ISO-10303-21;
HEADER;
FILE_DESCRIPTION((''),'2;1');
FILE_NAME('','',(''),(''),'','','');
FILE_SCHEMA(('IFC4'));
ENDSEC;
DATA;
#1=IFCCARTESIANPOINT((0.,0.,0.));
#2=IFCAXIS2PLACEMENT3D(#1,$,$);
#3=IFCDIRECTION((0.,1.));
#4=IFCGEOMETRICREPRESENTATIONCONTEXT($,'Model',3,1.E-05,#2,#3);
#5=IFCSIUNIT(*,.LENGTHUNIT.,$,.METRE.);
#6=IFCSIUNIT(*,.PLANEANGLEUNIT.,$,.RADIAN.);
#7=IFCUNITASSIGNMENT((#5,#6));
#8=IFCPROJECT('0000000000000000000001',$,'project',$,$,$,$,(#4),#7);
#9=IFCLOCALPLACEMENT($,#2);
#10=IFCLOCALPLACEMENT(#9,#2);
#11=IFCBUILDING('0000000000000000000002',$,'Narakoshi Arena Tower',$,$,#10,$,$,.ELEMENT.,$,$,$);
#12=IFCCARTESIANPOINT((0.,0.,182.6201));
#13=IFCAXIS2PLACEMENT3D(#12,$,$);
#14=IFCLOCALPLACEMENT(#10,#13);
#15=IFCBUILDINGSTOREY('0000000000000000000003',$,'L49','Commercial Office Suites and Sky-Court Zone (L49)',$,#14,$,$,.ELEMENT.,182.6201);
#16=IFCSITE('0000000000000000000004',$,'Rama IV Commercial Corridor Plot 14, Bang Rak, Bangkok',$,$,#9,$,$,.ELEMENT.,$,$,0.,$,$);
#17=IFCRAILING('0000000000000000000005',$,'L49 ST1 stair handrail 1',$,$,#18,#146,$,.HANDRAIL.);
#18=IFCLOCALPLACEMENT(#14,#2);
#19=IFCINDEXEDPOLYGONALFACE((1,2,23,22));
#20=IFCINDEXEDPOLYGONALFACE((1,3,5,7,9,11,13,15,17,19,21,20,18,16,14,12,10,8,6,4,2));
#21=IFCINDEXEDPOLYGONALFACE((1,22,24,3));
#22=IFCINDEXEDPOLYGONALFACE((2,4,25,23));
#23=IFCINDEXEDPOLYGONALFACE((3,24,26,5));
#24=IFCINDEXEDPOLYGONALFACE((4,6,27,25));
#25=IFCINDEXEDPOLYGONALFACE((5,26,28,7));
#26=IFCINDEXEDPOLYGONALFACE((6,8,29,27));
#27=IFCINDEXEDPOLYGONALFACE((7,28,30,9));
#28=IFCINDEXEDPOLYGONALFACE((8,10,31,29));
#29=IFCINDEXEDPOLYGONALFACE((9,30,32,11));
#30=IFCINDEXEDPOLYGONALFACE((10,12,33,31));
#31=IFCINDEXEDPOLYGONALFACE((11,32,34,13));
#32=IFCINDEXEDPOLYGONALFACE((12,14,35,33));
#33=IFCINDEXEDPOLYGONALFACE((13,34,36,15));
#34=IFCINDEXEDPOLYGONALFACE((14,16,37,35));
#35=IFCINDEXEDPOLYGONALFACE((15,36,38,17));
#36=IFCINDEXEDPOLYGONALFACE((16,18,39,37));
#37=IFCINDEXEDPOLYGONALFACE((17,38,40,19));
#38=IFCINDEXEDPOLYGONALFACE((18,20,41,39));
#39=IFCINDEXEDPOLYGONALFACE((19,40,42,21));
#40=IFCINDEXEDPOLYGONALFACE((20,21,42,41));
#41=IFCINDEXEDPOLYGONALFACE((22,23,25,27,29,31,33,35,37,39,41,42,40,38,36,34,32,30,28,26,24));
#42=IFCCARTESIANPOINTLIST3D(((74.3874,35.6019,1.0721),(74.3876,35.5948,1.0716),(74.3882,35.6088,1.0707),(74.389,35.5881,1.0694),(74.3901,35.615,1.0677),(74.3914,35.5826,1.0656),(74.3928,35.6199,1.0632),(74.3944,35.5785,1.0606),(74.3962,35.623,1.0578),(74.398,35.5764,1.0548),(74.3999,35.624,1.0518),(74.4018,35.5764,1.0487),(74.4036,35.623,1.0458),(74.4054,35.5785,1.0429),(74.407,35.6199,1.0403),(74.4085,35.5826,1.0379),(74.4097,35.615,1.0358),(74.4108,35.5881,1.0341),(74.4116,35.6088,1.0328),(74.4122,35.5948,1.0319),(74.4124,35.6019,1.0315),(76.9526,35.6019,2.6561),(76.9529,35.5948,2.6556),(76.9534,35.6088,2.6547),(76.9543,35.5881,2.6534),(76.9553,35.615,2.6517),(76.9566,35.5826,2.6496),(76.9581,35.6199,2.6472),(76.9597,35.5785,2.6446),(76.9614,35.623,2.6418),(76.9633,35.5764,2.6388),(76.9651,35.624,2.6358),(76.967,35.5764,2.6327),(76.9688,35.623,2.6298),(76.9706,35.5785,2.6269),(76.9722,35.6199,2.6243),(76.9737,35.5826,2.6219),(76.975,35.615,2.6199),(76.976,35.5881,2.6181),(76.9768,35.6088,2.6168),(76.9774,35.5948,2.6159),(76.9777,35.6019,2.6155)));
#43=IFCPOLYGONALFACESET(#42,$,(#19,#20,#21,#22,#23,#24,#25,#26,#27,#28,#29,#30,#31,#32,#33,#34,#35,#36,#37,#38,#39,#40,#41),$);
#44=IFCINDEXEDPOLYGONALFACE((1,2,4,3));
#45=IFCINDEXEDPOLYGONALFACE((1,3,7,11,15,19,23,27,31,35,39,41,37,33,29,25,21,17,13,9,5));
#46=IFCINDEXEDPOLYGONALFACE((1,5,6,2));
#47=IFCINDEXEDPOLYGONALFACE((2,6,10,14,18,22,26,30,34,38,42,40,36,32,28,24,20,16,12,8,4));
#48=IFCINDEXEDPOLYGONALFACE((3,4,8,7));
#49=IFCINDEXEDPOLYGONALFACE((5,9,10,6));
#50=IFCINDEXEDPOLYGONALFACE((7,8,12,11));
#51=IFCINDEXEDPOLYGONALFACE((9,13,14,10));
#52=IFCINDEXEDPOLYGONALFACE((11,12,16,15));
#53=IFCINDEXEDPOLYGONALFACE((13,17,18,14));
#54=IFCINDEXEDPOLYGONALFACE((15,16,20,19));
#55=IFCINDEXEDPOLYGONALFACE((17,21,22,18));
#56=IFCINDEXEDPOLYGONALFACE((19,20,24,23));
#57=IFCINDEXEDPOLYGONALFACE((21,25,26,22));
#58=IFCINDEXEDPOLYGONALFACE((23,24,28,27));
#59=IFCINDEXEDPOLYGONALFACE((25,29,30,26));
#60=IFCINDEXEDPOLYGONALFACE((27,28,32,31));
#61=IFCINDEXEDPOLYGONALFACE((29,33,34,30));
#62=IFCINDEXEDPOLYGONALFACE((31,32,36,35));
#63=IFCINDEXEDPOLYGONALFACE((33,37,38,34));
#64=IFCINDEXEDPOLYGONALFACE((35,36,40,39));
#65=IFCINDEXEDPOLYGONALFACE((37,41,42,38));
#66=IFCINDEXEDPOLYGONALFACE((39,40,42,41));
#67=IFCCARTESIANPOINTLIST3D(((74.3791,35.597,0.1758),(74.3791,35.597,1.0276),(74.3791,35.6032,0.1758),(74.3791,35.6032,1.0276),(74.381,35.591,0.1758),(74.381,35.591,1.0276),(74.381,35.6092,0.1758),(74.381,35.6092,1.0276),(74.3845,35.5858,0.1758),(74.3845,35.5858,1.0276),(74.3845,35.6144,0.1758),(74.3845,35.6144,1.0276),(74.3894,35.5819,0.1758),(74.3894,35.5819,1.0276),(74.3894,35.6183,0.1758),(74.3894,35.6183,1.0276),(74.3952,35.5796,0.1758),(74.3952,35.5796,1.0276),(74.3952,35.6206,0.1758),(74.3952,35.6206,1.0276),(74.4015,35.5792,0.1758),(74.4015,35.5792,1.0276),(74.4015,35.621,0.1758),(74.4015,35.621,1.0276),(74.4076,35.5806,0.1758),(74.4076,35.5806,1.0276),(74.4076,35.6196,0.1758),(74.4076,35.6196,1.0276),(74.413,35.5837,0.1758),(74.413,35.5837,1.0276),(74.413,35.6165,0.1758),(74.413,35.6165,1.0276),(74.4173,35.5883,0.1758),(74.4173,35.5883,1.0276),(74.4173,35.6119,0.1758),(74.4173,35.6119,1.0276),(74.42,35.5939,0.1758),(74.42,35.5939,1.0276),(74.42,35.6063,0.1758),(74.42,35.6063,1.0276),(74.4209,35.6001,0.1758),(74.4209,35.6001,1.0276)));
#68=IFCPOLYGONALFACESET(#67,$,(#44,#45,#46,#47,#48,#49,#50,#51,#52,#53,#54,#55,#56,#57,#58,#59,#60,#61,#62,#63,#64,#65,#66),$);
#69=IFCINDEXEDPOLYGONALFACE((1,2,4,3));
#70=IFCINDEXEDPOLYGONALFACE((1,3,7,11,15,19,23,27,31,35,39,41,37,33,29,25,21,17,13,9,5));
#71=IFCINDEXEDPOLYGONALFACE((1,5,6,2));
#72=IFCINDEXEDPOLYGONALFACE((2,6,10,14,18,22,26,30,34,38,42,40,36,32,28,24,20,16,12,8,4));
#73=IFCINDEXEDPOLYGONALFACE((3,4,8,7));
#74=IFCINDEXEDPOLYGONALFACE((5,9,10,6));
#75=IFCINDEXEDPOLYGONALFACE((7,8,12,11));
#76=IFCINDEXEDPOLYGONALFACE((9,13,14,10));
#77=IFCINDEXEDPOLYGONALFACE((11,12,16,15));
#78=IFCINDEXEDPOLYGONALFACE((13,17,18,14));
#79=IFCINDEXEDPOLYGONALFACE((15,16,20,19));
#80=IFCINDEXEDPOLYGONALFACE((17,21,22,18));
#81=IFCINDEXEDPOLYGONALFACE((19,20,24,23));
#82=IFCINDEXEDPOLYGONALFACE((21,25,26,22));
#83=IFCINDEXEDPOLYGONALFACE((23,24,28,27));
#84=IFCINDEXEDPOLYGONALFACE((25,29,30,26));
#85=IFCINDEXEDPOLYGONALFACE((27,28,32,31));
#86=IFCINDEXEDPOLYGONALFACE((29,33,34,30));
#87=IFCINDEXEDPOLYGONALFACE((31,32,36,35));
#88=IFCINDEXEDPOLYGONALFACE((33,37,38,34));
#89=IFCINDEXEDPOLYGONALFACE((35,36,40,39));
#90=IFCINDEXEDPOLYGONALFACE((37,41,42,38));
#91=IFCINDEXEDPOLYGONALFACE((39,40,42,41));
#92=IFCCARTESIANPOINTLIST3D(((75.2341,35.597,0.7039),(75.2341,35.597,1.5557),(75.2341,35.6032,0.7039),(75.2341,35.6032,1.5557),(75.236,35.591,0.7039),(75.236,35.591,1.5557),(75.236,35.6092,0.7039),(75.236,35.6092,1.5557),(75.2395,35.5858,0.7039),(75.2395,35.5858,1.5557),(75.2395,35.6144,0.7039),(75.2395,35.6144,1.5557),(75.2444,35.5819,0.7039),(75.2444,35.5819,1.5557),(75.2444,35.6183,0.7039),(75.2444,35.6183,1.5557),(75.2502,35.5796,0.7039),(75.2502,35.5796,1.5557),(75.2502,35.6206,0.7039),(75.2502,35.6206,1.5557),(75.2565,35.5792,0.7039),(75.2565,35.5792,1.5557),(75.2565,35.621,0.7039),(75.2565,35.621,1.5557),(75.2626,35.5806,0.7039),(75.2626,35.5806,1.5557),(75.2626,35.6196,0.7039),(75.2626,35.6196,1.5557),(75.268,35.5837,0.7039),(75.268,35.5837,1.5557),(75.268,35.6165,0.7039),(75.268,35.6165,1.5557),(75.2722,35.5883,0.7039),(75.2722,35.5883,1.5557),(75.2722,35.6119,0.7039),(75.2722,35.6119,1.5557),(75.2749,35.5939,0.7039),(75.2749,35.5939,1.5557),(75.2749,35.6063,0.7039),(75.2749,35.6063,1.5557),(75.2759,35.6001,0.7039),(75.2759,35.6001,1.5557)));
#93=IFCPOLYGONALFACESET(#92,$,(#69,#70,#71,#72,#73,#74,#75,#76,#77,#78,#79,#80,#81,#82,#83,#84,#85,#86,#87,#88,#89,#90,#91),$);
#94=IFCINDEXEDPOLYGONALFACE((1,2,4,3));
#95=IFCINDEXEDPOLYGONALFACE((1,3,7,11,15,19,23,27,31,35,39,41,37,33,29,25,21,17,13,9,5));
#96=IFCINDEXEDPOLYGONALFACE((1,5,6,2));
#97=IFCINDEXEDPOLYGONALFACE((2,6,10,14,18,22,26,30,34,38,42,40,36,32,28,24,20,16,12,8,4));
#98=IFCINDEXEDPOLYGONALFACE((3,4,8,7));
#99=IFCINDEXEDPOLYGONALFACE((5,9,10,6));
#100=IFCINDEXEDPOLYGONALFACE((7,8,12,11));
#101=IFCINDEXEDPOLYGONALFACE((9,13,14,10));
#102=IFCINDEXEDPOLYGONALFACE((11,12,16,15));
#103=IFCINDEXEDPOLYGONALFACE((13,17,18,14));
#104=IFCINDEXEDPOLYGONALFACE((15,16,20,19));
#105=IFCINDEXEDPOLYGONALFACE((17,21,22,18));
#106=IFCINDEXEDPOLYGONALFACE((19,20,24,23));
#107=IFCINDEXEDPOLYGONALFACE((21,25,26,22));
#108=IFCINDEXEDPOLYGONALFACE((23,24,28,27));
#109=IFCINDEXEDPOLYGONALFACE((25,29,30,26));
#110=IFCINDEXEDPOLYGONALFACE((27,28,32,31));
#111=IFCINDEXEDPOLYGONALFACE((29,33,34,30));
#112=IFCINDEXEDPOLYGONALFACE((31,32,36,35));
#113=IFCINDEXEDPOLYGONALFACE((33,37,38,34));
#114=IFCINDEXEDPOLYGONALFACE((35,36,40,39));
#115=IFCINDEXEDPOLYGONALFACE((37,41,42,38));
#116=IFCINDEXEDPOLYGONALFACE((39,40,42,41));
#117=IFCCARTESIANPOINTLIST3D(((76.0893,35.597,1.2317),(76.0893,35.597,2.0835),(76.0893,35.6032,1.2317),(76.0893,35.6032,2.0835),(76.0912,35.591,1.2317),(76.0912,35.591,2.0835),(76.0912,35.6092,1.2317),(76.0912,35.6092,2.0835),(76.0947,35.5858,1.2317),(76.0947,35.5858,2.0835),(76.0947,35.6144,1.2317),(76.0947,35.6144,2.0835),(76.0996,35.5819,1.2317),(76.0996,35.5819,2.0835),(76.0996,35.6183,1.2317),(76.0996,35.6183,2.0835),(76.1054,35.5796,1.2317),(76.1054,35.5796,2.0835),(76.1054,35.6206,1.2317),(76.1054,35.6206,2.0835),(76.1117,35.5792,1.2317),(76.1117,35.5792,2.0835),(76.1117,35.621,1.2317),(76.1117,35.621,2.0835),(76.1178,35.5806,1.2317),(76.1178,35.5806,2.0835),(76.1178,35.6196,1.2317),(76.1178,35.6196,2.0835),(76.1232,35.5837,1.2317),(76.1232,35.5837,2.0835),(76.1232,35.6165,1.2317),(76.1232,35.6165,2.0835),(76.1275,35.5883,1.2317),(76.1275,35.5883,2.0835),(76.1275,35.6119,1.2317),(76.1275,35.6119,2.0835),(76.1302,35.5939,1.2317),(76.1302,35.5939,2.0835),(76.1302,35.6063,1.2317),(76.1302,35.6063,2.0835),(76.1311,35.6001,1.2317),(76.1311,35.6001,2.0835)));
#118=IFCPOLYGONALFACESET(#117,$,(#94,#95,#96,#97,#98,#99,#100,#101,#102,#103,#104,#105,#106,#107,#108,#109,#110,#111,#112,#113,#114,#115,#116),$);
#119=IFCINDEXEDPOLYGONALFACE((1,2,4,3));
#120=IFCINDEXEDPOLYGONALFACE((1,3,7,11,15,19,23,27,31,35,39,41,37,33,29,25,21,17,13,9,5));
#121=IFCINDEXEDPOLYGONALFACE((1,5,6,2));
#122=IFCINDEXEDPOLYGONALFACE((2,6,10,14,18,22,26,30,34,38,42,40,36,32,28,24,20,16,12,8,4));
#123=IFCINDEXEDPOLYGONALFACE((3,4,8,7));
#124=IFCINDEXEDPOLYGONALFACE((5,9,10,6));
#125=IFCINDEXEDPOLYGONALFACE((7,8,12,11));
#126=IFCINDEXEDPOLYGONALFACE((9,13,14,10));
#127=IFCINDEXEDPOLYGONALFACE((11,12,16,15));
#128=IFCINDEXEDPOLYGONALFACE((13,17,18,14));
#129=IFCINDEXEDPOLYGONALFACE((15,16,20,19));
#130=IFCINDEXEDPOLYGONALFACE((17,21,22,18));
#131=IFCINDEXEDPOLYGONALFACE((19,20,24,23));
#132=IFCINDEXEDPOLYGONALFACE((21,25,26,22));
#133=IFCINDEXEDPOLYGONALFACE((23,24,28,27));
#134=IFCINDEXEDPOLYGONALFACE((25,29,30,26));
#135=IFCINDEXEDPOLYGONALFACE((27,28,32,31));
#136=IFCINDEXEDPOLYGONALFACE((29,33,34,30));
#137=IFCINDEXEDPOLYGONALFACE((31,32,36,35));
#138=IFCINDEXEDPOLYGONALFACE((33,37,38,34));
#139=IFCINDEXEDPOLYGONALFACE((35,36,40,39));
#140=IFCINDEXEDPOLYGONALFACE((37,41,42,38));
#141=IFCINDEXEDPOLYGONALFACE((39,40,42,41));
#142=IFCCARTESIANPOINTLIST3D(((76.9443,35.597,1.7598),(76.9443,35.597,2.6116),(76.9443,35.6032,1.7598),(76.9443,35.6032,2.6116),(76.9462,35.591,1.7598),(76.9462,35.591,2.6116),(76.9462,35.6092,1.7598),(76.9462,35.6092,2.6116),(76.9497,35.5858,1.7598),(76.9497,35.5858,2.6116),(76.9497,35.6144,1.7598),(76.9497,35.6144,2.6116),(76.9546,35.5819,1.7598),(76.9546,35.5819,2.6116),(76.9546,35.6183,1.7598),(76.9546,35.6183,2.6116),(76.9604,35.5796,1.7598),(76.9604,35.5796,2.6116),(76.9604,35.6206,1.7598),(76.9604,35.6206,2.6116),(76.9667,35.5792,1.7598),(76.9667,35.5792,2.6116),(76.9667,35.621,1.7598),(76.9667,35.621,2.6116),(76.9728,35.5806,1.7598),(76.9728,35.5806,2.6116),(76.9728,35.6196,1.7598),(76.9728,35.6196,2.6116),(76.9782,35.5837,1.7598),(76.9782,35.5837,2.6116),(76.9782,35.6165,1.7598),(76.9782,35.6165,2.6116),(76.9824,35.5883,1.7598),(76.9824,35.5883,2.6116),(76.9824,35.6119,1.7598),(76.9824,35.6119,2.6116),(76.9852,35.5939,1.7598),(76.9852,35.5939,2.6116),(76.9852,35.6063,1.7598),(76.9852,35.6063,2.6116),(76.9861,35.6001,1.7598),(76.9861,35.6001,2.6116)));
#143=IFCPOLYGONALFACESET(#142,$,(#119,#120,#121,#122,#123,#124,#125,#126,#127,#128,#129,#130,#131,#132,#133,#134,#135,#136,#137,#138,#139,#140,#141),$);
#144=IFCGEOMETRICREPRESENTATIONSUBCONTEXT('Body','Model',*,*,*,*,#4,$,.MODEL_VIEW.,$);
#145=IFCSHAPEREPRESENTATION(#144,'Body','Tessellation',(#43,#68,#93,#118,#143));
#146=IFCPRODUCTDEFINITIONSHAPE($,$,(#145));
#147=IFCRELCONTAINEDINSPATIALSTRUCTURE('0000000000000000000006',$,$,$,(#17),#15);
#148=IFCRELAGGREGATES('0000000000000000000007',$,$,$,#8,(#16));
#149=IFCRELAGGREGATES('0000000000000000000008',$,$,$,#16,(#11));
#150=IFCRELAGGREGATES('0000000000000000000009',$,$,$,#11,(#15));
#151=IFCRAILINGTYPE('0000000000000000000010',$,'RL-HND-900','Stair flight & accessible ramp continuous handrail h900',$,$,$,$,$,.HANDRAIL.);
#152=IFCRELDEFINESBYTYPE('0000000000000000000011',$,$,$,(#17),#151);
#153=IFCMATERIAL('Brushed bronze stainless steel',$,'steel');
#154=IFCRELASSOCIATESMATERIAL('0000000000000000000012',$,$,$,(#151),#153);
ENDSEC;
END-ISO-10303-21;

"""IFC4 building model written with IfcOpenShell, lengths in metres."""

from ifc_helpers import new_model, si_unit, direction, frame, origin, origin_2d, place, context, subcontext, project, spatial, circle, extrude, material, type_object, element, save


model = new_model("IFC4")

# Units and contexts
model_context = context("Model", 3, precision=1e-05, world=origin(), true_north=direction((0.0, 1.0)))
body_context = subcontext(model_context, "Body", "Model", "MODEL_VIEW")
ifc_project = project(units=[si_unit("LENGTHUNIT", "METRE"), si_unit("PLANEANGLEUNIT", "RADIAN")], contexts=[model_context])

# Site, building, storey
site_placement = place(None, origin())
site = spatial("IfcSite", under=ifc_project, at=site_placement, Name="Rama IV Commercial Corridor Plot 14, Bang Rak, Bangkok", CompositionType="ELEMENT", RefElevation=0.0)
building_placement = place(site_placement, origin())
building = spatial("IfcBuilding", under=site, at=building_placement, Name="Narakoshi Arena Tower", CompositionType="ELEMENT")
storey_placement = place(building_placement, frame((0.0, 0.0, 182.6201)))
storey = spatial("IfcBuildingStorey", under=building, at=storey_placement, Name="L49", Description="Commercial Office Suites and Sky-Court Zone (L49)", CompositionType="ELEMENT", Elevation=182.6201)

# Railing
ifc_material_1 = material(Name="Brushed bronze stainless steel", Category="steel")
railing_type_1 = type_object("IfcRailingType", Name="RL-HND-900", Description="Stair flight & accessible ramp continuous handrail h900", PredefinedType="HANDRAIL", material=ifc_material_1)
railing_1_placement = place(storey_placement, frame((74.3999, 35.6001, 0.1758)))
element("IfcRailing", 1, at=railing_1_placement, inside=storey, type_object=railing_type_1, Name="L49 ST1 stair handrail 1", PredefinedType="HANDRAIL", context=body_context, shape_type="SweptSolid", body=[
    extrude(circle(Radius=0.0239, at=origin_2d()), frame((0.0, 0.0, 0.876), z_axis=(0.850857, 0.0, 0.525398), x_axis=(0.0, 1.0, 0.0)), (0.0, 0.0, 1.0), 3.0149),
    extrude(circle(Radius=0.021, at=origin_2d()), origin(), (0.0, 0.0, 1.0), 0.8518),
    extrude(circle(Radius=0.021, at=origin_2d()), frame((0.855, 0.0, 0.5281)), (0.0, 0.0, 1.0), 0.8518),
    extrude(circle(Radius=0.021, at=origin_2d()), frame((1.7102, 0.0, 1.0559)), (0.0, 0.0, 1.0), 0.8518),
    extrude(circle(Radius=0.021, at=origin_2d()), frame((2.5652, 0.0, 1.584)), (0.0, 0.0, 1.0), 0.8518),
])

save(model, "model.ifc")
